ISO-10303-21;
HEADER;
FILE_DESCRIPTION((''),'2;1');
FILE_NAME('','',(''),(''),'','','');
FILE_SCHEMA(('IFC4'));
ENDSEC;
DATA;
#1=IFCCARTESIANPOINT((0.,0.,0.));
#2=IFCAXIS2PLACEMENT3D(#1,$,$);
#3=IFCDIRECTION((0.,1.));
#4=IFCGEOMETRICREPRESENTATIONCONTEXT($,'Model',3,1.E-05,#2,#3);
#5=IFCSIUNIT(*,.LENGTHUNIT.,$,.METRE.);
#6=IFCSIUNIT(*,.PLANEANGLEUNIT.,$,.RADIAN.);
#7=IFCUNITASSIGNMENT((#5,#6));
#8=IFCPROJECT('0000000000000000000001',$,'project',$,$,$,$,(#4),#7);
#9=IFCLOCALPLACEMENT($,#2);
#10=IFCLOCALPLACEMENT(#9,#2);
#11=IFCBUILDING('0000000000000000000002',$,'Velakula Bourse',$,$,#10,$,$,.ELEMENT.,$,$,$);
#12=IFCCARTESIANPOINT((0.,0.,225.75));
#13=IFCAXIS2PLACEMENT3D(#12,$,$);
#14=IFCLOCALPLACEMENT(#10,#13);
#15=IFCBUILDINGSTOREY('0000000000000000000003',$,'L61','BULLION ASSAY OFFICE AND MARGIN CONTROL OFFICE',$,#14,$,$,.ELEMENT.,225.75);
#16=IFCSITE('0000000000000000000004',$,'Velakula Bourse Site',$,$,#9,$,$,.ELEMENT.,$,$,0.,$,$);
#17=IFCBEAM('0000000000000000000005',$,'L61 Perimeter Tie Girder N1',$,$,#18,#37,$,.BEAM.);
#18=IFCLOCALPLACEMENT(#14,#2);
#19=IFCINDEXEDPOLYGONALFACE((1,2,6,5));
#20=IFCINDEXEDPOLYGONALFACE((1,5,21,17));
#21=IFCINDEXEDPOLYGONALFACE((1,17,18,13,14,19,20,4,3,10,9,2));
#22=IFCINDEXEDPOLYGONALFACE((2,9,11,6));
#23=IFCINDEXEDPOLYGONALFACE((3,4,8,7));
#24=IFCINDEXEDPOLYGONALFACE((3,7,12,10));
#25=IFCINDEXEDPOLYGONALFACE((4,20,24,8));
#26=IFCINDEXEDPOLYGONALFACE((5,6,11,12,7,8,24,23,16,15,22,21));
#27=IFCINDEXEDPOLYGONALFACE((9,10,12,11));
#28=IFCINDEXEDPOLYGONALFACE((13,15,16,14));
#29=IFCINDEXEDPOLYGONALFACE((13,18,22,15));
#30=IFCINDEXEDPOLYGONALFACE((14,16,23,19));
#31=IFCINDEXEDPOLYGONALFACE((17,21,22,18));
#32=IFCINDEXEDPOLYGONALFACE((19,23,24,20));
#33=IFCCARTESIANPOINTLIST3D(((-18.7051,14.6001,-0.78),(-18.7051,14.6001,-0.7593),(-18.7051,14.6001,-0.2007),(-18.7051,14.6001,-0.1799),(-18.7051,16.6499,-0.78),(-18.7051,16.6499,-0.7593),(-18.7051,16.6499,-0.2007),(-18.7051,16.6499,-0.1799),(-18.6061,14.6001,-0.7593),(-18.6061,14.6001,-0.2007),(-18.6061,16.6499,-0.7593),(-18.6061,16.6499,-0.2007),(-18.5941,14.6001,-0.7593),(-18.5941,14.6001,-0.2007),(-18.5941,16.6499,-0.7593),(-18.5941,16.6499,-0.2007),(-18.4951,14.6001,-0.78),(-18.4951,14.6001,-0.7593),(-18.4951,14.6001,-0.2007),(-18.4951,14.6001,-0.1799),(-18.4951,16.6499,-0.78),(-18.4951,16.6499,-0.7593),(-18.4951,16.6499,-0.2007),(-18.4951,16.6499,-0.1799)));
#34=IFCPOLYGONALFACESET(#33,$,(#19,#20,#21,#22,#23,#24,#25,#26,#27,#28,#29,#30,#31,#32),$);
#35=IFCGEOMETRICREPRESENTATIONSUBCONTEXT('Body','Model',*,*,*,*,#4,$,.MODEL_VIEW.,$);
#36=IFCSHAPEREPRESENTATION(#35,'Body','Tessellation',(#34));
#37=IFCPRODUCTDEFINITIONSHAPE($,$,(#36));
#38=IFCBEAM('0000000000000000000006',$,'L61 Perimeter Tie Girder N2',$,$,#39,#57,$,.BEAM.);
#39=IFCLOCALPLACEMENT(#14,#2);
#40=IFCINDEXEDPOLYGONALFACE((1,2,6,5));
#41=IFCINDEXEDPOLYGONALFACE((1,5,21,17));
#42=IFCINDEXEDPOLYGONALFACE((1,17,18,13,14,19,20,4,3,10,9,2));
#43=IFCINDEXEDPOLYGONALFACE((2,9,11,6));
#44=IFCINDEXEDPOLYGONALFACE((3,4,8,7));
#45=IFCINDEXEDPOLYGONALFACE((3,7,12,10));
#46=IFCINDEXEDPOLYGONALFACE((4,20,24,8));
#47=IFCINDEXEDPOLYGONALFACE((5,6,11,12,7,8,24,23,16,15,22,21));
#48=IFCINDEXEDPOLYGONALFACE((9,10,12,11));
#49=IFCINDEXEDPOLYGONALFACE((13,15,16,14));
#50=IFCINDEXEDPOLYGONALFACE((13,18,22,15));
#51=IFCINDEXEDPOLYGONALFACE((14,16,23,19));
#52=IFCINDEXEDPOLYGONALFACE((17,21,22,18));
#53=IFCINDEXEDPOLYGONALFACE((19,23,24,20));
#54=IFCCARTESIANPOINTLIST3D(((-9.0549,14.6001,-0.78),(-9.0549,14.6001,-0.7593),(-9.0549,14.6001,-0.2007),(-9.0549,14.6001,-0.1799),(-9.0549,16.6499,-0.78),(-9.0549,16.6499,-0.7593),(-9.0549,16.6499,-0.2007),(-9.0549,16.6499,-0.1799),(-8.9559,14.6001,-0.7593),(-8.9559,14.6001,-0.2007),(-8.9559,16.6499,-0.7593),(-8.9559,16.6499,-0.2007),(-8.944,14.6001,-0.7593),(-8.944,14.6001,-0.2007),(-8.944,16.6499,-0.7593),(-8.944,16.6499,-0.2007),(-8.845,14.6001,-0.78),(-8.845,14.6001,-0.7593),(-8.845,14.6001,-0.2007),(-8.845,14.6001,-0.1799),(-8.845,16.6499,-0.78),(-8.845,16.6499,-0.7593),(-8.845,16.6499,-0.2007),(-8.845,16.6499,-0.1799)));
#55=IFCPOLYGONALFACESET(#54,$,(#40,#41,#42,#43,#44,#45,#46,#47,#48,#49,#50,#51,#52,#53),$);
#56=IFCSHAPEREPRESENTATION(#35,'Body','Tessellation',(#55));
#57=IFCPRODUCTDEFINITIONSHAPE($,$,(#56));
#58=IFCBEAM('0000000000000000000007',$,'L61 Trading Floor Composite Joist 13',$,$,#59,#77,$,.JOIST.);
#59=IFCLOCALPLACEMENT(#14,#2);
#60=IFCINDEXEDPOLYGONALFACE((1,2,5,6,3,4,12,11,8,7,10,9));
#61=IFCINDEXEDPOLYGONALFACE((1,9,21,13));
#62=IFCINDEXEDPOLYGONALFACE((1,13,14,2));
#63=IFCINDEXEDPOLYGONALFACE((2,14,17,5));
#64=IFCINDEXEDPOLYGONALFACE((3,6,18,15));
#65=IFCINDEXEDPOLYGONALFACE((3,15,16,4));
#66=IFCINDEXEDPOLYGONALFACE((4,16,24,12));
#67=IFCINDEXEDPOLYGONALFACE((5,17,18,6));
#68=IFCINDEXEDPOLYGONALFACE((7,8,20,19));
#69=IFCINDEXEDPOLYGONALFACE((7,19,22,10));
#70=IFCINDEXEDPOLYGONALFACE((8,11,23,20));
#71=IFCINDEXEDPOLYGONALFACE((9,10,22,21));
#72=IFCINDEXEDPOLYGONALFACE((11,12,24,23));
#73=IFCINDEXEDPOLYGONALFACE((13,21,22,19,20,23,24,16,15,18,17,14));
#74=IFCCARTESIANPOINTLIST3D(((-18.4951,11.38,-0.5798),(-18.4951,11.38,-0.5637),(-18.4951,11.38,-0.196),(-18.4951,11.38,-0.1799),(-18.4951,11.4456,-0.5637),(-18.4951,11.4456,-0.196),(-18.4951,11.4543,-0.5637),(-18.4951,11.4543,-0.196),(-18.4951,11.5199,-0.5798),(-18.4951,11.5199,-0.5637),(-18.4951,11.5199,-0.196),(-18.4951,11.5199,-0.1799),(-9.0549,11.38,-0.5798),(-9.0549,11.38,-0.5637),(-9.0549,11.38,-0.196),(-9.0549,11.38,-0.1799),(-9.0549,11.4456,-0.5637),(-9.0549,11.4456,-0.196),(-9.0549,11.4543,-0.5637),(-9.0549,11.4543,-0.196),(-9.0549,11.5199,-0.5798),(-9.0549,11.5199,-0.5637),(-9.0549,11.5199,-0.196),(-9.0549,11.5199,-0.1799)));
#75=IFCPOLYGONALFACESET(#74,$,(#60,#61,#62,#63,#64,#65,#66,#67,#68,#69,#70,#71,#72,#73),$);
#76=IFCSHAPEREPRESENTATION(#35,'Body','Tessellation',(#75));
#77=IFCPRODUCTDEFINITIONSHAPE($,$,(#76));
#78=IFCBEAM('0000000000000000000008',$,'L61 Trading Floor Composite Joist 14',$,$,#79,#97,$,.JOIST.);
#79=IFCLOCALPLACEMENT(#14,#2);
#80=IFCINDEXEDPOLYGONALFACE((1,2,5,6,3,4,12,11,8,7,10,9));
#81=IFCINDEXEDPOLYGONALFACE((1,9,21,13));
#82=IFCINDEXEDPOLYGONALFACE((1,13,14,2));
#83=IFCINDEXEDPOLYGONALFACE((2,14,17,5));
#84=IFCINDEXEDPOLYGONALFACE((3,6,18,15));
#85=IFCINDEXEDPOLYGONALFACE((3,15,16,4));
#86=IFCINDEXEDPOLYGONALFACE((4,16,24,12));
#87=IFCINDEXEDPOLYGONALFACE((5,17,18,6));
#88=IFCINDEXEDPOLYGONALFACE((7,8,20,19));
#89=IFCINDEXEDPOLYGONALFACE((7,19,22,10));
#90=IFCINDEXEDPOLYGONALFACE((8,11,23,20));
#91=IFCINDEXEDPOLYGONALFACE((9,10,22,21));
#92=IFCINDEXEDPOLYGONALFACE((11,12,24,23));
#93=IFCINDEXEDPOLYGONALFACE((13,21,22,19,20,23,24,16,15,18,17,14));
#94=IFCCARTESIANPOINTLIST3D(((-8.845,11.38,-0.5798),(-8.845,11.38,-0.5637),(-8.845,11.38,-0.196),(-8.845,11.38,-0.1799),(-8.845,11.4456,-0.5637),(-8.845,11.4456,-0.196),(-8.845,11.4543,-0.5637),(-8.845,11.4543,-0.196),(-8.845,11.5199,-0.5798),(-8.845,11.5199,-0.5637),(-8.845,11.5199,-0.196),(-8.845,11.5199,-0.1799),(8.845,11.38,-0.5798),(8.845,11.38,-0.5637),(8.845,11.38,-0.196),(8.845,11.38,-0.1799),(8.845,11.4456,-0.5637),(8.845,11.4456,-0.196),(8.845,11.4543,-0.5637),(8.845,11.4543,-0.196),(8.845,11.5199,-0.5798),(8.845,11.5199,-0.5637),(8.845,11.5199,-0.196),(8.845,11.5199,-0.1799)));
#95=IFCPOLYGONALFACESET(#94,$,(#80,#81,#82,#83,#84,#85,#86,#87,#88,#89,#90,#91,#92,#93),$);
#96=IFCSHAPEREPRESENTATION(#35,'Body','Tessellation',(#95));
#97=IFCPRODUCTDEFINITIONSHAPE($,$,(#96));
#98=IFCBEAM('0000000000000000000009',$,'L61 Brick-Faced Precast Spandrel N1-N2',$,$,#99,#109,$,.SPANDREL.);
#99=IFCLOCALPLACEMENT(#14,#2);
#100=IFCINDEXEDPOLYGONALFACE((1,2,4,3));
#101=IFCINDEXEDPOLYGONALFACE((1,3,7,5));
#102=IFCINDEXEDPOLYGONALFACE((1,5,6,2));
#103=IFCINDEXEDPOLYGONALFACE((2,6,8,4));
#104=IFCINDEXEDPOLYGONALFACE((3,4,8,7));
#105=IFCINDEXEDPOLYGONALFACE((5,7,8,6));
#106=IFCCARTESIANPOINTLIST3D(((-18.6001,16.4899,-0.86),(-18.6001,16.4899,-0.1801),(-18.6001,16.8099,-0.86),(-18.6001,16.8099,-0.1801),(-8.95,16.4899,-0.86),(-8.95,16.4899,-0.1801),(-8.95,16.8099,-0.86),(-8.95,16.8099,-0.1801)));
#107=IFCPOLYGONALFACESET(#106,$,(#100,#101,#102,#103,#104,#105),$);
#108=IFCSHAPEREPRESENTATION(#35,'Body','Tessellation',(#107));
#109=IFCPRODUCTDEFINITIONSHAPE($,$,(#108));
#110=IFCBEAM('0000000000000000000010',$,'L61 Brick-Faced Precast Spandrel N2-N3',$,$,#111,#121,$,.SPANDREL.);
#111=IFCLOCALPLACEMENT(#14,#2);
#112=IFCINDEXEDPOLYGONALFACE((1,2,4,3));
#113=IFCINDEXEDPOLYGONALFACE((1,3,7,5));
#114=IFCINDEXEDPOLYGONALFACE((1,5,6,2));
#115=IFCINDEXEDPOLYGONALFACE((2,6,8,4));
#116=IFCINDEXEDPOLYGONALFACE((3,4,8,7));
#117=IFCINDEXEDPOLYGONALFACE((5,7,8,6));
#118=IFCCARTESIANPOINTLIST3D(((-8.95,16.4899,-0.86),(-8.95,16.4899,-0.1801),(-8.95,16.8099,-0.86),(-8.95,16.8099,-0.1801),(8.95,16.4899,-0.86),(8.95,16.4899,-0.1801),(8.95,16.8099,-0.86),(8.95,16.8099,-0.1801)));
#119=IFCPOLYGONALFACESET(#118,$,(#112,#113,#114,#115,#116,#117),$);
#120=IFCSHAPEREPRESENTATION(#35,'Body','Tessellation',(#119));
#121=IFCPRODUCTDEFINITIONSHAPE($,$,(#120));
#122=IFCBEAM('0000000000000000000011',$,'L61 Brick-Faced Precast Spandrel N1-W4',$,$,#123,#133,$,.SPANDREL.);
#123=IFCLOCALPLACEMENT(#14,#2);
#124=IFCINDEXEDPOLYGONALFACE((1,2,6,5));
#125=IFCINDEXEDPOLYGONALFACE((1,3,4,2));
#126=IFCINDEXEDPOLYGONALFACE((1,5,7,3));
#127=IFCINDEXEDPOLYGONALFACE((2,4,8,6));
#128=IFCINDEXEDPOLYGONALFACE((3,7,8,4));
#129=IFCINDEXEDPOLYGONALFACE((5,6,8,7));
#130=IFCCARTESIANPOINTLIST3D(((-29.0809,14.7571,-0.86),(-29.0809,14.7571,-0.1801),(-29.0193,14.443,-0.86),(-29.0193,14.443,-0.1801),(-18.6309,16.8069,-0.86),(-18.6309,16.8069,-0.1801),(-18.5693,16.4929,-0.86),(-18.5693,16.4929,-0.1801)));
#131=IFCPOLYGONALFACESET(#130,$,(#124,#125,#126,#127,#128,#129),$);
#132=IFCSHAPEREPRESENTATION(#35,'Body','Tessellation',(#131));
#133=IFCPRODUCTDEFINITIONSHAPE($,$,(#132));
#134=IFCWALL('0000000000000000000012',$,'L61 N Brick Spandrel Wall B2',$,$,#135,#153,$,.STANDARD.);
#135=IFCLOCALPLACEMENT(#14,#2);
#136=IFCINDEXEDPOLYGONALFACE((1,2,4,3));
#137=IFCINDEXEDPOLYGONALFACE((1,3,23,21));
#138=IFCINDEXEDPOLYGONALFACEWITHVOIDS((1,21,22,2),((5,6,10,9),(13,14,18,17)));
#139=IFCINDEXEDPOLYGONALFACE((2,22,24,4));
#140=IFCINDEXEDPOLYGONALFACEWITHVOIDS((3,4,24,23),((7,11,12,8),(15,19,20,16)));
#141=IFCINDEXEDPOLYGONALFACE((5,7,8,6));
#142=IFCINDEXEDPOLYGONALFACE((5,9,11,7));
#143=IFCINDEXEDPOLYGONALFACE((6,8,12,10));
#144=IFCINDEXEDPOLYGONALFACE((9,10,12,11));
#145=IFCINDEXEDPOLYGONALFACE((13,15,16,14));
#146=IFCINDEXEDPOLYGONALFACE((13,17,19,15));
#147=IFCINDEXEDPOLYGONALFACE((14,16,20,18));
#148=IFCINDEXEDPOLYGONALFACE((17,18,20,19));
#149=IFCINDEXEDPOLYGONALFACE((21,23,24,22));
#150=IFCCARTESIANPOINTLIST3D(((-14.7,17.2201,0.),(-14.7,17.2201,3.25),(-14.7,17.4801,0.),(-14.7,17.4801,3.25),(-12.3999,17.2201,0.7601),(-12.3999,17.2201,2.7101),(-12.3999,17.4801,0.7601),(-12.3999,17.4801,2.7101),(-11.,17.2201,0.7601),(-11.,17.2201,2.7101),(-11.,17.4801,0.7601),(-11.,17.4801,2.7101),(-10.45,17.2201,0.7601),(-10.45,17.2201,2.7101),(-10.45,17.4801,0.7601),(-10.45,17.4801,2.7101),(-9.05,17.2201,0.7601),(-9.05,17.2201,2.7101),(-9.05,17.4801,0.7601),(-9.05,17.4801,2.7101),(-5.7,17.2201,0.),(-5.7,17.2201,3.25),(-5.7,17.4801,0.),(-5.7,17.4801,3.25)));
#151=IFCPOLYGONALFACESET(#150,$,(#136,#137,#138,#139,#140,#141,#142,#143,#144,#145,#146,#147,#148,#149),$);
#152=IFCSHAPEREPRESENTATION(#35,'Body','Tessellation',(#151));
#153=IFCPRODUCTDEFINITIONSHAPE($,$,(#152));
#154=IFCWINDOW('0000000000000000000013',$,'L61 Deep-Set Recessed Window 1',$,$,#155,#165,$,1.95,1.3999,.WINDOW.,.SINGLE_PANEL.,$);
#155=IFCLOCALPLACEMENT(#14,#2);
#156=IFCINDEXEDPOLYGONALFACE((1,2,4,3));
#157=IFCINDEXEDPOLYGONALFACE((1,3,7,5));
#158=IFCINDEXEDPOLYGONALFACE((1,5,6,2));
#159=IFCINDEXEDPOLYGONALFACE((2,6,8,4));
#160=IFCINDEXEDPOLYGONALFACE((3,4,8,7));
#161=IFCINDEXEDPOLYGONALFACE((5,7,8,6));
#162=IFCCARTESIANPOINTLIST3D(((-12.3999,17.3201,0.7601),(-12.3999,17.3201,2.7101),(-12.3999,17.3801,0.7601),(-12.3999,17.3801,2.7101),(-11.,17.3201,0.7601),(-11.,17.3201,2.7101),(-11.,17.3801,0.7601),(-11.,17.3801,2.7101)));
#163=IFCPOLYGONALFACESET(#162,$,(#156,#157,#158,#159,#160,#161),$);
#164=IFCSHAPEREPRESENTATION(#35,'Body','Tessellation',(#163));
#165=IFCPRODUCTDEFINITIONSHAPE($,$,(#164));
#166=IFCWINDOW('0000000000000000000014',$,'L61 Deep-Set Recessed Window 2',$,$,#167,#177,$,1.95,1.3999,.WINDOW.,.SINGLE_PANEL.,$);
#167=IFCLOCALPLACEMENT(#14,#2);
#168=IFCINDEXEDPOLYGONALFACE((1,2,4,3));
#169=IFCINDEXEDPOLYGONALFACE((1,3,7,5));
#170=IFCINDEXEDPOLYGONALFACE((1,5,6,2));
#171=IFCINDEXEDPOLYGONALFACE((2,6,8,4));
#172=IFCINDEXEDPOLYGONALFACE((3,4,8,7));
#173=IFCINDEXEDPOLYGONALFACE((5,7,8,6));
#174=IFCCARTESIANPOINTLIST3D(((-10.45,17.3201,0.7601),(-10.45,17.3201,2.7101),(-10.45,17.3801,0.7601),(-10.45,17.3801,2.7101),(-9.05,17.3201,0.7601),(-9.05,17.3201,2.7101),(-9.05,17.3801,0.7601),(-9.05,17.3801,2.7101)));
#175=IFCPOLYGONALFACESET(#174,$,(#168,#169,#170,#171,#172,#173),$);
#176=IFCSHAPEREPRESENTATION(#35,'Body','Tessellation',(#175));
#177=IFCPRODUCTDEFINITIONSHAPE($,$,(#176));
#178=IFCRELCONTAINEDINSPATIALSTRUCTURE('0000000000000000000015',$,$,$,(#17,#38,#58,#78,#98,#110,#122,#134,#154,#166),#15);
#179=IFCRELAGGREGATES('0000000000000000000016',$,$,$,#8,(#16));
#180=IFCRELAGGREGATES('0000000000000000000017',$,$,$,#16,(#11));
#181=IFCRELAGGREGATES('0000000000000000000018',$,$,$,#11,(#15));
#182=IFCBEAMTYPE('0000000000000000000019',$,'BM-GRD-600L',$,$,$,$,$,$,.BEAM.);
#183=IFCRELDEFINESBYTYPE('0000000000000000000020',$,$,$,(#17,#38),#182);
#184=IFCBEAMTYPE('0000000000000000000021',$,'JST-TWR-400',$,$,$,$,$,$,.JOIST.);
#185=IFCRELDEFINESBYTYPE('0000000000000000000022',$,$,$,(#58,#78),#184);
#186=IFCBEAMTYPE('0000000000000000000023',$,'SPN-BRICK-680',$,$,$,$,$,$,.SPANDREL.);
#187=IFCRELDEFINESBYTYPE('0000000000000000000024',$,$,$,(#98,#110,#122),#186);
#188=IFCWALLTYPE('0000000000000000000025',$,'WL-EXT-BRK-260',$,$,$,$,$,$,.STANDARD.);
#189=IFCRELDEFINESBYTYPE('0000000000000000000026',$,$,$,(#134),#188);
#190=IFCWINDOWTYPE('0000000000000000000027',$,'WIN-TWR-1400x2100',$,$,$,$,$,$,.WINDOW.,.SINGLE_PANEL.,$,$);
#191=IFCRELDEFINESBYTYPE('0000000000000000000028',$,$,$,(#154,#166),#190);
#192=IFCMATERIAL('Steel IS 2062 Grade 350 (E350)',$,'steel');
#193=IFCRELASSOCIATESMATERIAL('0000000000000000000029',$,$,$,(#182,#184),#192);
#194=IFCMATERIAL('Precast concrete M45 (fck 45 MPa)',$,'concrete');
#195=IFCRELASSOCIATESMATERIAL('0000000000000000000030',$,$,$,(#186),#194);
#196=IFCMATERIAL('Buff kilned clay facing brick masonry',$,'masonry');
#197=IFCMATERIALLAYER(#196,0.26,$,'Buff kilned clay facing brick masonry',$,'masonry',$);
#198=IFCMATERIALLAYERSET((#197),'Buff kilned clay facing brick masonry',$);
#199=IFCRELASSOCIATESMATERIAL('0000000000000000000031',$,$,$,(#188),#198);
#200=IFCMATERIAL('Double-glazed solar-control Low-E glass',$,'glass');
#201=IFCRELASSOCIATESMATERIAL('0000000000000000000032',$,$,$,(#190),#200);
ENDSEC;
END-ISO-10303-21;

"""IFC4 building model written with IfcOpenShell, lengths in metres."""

from ifc_helpers import new_model, si_unit, direction, frame, frame_2d, origin, origin_2d, place, context, subcontext, project, spatial, rectangle, i_section, extrude, material, layer, layer_set, material_profile, profile_set, type_object, element, fill, save


model = new_model("IFC4")

# Units and contexts
model_context = context("Model", 3, precision=1e-05, world=origin(), true_north=direction((0.0, 1.0)))
body_context = subcontext(model_context, "Body", "Model", "MODEL_VIEW")
ifc_project = project(units=[si_unit("LENGTHUNIT", "METRE"), si_unit("PLANEANGLEUNIT", "RADIAN")], contexts=[model_context])

# Site, building, storey
site_placement = place(None, origin())
site = spatial("IfcSite", under=ifc_project, at=site_placement, Name="Velakula Bourse Site", CompositionType="ELEMENT", RefElevation=0.0)
building_placement = place(site_placement, origin())
building = spatial("IfcBuilding", under=site, at=building_placement, Name="Velakula Bourse", CompositionType="ELEMENT")
storey_placement = place(building_placement, frame((0.0, 0.0, 225.75)))
storey = spatial("IfcBuildingStorey", under=building, at=storey_placement, Name="L61", Description="BULLION ASSAY OFFICE AND MARGIN CONTROL OFFICE", CompositionType="ELEMENT", Elevation=225.75)

# Shared definitions
ifc_material_1 = material(Name="Steel IS 2062 Grade 350 (E350)", Category="steel")

# Beams
ifc_material_profile_1 = material_profile(ifc_material_1, i_section(OverallWidth=0.21, OverallDepth=0.6001, WebThickness=0.012, FlangeThickness=0.0208, at=origin_2d()), Name="Steel IS 2062 Grade 350 (E350)")
ifc_profile_set_1 = profile_set([ifc_material_profile_1], Name="Steel IS 2062 Grade 350 (E350)")
beam_type_1 = type_object("IfcBeamType", Name="BM-GRD-600L", PredefinedType="BEAM", material=ifc_profile_set_1)
for number, where, z_axis, x_axis, name in (
    (1, (-18.6001, 14.6001, -0.48), (0.0, 1.0, 0.0), (-1.0, 0.0, 0.0), "L61 Perimeter Tie Girder N1"),
    (2, (-8.95, 14.6001, -0.48), (0.0, 1.0, 0.0), (-1.0, 0.0, 0.0), "L61 Perimeter Tie Girder N2"),
):
    element("IfcBeam", number, at=place(storey_placement, frame(where, z_axis=z_axis, x_axis=x_axis)), inside=storey, type_object=beam_type_1, Name=name, PredefinedType="BEAM", context=body_context, shape_type="SweptSolid", body=[
        extrude(i_section(OverallWidth=0.21, OverallDepth=0.6001, WebThickness=0.012, FlangeThickness=0.0208, at=origin_2d()), origin(), (0.0, 0.0, 1.0), 2.0498),
    ])
ifc_material_profile_2 = material_profile(ifc_material_1, i_section(OverallWidth=0.1399, OverallDepth=0.3999, WebThickness=0.0088, FlangeThickness=0.0161, at=origin_2d()), Name="Steel IS 2062 Grade 350 (E350)")
ifc_profile_set_2 = profile_set([ifc_material_profile_2], Name="Steel IS 2062 Grade 350 (E350)")
beam_type_2 = type_object("IfcBeamType", Name="JST-TWR-400", PredefinedType="JOIST", material=ifc_profile_set_2)
beam_1_placement = place(storey_placement, frame((-18.4951, 11.45, -0.3799), z_axis=(1.0, 0.0, 0.0), x_axis=(0.0, 1.0, 0.0)))
element("IfcBeam", 3, at=beam_1_placement, inside=storey, type_object=beam_type_2, Name="L61 Trading Floor Composite Joist 13", PredefinedType="JOIST", context=body_context, shape_type="SweptSolid", body=[
    extrude(i_section(OverallWidth=0.1399, OverallDepth=0.3999, WebThickness=0.0088, FlangeThickness=0.0161, at=origin_2d()), origin(), (0.0, 0.0, 1.0), 9.4402),
])
beam_2_placement = place(storey_placement, frame((-8.845, 11.45, -0.3799), z_axis=(1.0, 0.0, 0.0), x_axis=(0.0, 1.0, 0.0)))
element("IfcBeam", 4, at=beam_2_placement, inside=storey, type_object=beam_type_2, Name="L61 Trading Floor Composite Joist 14", PredefinedType="JOIST", context=body_context, shape_type="SweptSolid", body=[
    extrude(i_section(OverallWidth=0.1399, OverallDepth=0.3999, WebThickness=0.0088, FlangeThickness=0.0161, at=origin_2d()), origin(), (0.0, 0.0, 1.0), 17.6899),
])
ifc_material_2 = material(Name="Precast concrete M45 (fck 45 MPa)", Category="concrete")
ifc_material_profile_3 = material_profile(ifc_material_2, rectangle(XDim=0.3201, YDim=0.6799, at=origin_2d()), Name="Precast concrete M45 (fck 45 MPa)")
ifc_profile_set_3 = profile_set([ifc_material_profile_3], Name="Precast concrete M45 (fck 45 MPa)")
beam_type_3 = type_object("IfcBeamType", Name="SPN-BRICK-680", PredefinedType="SPANDREL", material=ifc_profile_set_3)
beam_3_placement = place(storey_placement, frame((-18.6001, 16.6499, -0.52), z_axis=(1.0, 0.0, 0.0), x_axis=(0.0, 1.0, 0.0)))
element("IfcBeam", 5, at=beam_3_placement, inside=storey, type_object=beam_type_3, Name="L61 Brick-Faced Precast Spandrel N1-N2", PredefinedType="SPANDREL", context=body_context, shape_type="SweptSolid", body=[
    extrude(rectangle(XDim=0.3201, YDim=0.6799, at=origin_2d()), origin(), (0.0, 0.0, 1.0), 9.6501),
])
beam_4_placement = place(storey_placement, frame((-8.95, 16.6499, -0.52), z_axis=(1.0, 0.0, 0.0), x_axis=(0.0, 1.0, 0.0)))
element("IfcBeam", 6, at=beam_4_placement, inside=storey, type_object=beam_type_3, Name="L61 Brick-Faced Precast Spandrel N2-N3", PredefinedType="SPANDREL", context=body_context, shape_type="SweptSolid", body=[
    extrude(rectangle(XDim=0.3201, YDim=0.6799, at=origin_2d()), origin(), (0.0, 0.0, 1.0), 17.8999),
])
beam_5_placement = place(storey_placement, frame((-18.6001, 16.6499, -0.52), z_axis=(-0.9813, -0.192486, 0.0), x_axis=(0.192486, -0.9813, 0.0)))
element("IfcBeam", 7, at=beam_5_placement, inside=storey, type_object=beam_type_3, Name="L61 Brick-Faced Precast Spandrel N1-W4", PredefinedType="SPANDREL", context=body_context, shape_type="SweptSolid", body=[
    extrude(rectangle(XDim=0.3201, YDim=0.6799, at=origin_2d()), origin(), (0.0, 0.0, 1.0), 10.6492),
])

# Wall, openings, windows
ifc_material_3 = material(Name="Buff kilned clay facing brick masonry", Category="masonry")
ifc_layer_1 = layer(ifc_material_3, 0.26, Name="Buff kilned clay facing brick masonry", Category="masonry")
ifc_layer_set_1 = layer_set([ifc_layer_1], Name="Buff kilned clay facing brick masonry")
wall_type_1 = type_object("IfcWallType", Name="WL-EXT-BRK-260", PredefinedType="STANDARD", material=ifc_layer_set_1)
wall_1_placement = place(storey_placement, frame((-14.7, 17.3501, 0.0), z_axis=(0.0, 0.0, 1.0), x_axis=(1.0, 0.0, 0.0)))
wall_1 = element("IfcWall", 8, at=wall_1_placement, inside=storey, type_object=wall_type_1, Name="L61 N Brick Spandrel Wall B2", PredefinedType="STANDARD", context=body_context, shape_type="SweptSolid", body=[
    extrude(rectangle(XDim=9.0, YDim=0.26, at=frame_2d((4.5, 0.0))), origin(), (0.0, 0.0, 1.0), 3.25),
])
opening_1_placement = place(wall_1_placement, frame((2.3, 0.0, 0.76)))
opening_1 = element("IfcOpeningElement", 9, at=opening_1_placement, cuts=wall_1, PredefinedType="OPENING", context=body_context, shape_type="SweptSolid", body=[
    extrude(rectangle(XDim=1.3999, YDim=1.95, at=frame_2d((0.7, 0.9751))), frame((0.0, 0.1399, 0.0), z_axis=(0.0, -1.0, 0.0), x_axis=(1.0, 0.0, 0.0)), (0.0, 0.0, 1.0), 0.28),
])
opening_2_placement = place(wall_1_placement, frame((4.25, 0.0, 0.76)))
opening_2 = element("IfcOpeningElement", 10, at=opening_2_placement, cuts=wall_1, PredefinedType="OPENING", context=body_context, shape_type="SweptSolid", body=[
    extrude(rectangle(XDim=1.3999, YDim=1.95, at=frame_2d((0.7, 0.9751))), frame((0.0, 0.1399, 0.0), z_axis=(0.0, -1.0, 0.0), x_axis=(1.0, 0.0, 0.0)), (0.0, 0.0, 1.0), 0.28),
])
ifc_material_4 = material(Name="Double-glazed solar-control Low-E glass", Category="glass")
window_type = type_object("IfcWindowType", Name="WIN-TWR-1400x2100", PartitioningType="SINGLE_PANEL", PredefinedType="WINDOW", material=ifc_material_4)
window_1_placement = place(opening_1_placement, origin())
window_1 = element("IfcWindow", 11, at=window_1_placement, inside=storey, type_object=window_type, Name="L61 Deep-Set Recessed Window 1", OverallHeight=1.95, OverallWidth=1.3999, PartitioningType="SINGLE_PANEL", PredefinedType="WINDOW", context=body_context, shape_type="SweptSolid", body=[
    extrude(rectangle(XDim=1.3999, YDim=1.95, at=frame_2d((0.7, 0.9751))), frame((0.0, 0.03, 0.0), z_axis=(0.0, -1.0, 0.0), x_axis=(1.0, 0.0, 0.0)), (0.0, 0.0, 1.0), 0.0601),
])
fill(opening_1, window_1)
window_2_placement = place(opening_2_placement, origin())
window_2 = element("IfcWindow", 12, at=window_2_placement, inside=storey, type_object=window_type, Name="L61 Deep-Set Recessed Window 2", OverallHeight=1.95, OverallWidth=1.3999, PartitioningType="SINGLE_PANEL", PredefinedType="WINDOW", context=body_context, shape_type="SweptSolid", body=[
    extrude(rectangle(XDim=1.3999, YDim=1.95, at=frame_2d((0.7, 0.9751))), frame((0.0, 0.03, 0.0), z_axis=(0.0, -1.0, 0.0), x_axis=(1.0, 0.0, 0.0)), (0.0, 0.0, 1.0), 0.0601),
])
fill(opening_2, window_2)

save(model, "model.ifc")
